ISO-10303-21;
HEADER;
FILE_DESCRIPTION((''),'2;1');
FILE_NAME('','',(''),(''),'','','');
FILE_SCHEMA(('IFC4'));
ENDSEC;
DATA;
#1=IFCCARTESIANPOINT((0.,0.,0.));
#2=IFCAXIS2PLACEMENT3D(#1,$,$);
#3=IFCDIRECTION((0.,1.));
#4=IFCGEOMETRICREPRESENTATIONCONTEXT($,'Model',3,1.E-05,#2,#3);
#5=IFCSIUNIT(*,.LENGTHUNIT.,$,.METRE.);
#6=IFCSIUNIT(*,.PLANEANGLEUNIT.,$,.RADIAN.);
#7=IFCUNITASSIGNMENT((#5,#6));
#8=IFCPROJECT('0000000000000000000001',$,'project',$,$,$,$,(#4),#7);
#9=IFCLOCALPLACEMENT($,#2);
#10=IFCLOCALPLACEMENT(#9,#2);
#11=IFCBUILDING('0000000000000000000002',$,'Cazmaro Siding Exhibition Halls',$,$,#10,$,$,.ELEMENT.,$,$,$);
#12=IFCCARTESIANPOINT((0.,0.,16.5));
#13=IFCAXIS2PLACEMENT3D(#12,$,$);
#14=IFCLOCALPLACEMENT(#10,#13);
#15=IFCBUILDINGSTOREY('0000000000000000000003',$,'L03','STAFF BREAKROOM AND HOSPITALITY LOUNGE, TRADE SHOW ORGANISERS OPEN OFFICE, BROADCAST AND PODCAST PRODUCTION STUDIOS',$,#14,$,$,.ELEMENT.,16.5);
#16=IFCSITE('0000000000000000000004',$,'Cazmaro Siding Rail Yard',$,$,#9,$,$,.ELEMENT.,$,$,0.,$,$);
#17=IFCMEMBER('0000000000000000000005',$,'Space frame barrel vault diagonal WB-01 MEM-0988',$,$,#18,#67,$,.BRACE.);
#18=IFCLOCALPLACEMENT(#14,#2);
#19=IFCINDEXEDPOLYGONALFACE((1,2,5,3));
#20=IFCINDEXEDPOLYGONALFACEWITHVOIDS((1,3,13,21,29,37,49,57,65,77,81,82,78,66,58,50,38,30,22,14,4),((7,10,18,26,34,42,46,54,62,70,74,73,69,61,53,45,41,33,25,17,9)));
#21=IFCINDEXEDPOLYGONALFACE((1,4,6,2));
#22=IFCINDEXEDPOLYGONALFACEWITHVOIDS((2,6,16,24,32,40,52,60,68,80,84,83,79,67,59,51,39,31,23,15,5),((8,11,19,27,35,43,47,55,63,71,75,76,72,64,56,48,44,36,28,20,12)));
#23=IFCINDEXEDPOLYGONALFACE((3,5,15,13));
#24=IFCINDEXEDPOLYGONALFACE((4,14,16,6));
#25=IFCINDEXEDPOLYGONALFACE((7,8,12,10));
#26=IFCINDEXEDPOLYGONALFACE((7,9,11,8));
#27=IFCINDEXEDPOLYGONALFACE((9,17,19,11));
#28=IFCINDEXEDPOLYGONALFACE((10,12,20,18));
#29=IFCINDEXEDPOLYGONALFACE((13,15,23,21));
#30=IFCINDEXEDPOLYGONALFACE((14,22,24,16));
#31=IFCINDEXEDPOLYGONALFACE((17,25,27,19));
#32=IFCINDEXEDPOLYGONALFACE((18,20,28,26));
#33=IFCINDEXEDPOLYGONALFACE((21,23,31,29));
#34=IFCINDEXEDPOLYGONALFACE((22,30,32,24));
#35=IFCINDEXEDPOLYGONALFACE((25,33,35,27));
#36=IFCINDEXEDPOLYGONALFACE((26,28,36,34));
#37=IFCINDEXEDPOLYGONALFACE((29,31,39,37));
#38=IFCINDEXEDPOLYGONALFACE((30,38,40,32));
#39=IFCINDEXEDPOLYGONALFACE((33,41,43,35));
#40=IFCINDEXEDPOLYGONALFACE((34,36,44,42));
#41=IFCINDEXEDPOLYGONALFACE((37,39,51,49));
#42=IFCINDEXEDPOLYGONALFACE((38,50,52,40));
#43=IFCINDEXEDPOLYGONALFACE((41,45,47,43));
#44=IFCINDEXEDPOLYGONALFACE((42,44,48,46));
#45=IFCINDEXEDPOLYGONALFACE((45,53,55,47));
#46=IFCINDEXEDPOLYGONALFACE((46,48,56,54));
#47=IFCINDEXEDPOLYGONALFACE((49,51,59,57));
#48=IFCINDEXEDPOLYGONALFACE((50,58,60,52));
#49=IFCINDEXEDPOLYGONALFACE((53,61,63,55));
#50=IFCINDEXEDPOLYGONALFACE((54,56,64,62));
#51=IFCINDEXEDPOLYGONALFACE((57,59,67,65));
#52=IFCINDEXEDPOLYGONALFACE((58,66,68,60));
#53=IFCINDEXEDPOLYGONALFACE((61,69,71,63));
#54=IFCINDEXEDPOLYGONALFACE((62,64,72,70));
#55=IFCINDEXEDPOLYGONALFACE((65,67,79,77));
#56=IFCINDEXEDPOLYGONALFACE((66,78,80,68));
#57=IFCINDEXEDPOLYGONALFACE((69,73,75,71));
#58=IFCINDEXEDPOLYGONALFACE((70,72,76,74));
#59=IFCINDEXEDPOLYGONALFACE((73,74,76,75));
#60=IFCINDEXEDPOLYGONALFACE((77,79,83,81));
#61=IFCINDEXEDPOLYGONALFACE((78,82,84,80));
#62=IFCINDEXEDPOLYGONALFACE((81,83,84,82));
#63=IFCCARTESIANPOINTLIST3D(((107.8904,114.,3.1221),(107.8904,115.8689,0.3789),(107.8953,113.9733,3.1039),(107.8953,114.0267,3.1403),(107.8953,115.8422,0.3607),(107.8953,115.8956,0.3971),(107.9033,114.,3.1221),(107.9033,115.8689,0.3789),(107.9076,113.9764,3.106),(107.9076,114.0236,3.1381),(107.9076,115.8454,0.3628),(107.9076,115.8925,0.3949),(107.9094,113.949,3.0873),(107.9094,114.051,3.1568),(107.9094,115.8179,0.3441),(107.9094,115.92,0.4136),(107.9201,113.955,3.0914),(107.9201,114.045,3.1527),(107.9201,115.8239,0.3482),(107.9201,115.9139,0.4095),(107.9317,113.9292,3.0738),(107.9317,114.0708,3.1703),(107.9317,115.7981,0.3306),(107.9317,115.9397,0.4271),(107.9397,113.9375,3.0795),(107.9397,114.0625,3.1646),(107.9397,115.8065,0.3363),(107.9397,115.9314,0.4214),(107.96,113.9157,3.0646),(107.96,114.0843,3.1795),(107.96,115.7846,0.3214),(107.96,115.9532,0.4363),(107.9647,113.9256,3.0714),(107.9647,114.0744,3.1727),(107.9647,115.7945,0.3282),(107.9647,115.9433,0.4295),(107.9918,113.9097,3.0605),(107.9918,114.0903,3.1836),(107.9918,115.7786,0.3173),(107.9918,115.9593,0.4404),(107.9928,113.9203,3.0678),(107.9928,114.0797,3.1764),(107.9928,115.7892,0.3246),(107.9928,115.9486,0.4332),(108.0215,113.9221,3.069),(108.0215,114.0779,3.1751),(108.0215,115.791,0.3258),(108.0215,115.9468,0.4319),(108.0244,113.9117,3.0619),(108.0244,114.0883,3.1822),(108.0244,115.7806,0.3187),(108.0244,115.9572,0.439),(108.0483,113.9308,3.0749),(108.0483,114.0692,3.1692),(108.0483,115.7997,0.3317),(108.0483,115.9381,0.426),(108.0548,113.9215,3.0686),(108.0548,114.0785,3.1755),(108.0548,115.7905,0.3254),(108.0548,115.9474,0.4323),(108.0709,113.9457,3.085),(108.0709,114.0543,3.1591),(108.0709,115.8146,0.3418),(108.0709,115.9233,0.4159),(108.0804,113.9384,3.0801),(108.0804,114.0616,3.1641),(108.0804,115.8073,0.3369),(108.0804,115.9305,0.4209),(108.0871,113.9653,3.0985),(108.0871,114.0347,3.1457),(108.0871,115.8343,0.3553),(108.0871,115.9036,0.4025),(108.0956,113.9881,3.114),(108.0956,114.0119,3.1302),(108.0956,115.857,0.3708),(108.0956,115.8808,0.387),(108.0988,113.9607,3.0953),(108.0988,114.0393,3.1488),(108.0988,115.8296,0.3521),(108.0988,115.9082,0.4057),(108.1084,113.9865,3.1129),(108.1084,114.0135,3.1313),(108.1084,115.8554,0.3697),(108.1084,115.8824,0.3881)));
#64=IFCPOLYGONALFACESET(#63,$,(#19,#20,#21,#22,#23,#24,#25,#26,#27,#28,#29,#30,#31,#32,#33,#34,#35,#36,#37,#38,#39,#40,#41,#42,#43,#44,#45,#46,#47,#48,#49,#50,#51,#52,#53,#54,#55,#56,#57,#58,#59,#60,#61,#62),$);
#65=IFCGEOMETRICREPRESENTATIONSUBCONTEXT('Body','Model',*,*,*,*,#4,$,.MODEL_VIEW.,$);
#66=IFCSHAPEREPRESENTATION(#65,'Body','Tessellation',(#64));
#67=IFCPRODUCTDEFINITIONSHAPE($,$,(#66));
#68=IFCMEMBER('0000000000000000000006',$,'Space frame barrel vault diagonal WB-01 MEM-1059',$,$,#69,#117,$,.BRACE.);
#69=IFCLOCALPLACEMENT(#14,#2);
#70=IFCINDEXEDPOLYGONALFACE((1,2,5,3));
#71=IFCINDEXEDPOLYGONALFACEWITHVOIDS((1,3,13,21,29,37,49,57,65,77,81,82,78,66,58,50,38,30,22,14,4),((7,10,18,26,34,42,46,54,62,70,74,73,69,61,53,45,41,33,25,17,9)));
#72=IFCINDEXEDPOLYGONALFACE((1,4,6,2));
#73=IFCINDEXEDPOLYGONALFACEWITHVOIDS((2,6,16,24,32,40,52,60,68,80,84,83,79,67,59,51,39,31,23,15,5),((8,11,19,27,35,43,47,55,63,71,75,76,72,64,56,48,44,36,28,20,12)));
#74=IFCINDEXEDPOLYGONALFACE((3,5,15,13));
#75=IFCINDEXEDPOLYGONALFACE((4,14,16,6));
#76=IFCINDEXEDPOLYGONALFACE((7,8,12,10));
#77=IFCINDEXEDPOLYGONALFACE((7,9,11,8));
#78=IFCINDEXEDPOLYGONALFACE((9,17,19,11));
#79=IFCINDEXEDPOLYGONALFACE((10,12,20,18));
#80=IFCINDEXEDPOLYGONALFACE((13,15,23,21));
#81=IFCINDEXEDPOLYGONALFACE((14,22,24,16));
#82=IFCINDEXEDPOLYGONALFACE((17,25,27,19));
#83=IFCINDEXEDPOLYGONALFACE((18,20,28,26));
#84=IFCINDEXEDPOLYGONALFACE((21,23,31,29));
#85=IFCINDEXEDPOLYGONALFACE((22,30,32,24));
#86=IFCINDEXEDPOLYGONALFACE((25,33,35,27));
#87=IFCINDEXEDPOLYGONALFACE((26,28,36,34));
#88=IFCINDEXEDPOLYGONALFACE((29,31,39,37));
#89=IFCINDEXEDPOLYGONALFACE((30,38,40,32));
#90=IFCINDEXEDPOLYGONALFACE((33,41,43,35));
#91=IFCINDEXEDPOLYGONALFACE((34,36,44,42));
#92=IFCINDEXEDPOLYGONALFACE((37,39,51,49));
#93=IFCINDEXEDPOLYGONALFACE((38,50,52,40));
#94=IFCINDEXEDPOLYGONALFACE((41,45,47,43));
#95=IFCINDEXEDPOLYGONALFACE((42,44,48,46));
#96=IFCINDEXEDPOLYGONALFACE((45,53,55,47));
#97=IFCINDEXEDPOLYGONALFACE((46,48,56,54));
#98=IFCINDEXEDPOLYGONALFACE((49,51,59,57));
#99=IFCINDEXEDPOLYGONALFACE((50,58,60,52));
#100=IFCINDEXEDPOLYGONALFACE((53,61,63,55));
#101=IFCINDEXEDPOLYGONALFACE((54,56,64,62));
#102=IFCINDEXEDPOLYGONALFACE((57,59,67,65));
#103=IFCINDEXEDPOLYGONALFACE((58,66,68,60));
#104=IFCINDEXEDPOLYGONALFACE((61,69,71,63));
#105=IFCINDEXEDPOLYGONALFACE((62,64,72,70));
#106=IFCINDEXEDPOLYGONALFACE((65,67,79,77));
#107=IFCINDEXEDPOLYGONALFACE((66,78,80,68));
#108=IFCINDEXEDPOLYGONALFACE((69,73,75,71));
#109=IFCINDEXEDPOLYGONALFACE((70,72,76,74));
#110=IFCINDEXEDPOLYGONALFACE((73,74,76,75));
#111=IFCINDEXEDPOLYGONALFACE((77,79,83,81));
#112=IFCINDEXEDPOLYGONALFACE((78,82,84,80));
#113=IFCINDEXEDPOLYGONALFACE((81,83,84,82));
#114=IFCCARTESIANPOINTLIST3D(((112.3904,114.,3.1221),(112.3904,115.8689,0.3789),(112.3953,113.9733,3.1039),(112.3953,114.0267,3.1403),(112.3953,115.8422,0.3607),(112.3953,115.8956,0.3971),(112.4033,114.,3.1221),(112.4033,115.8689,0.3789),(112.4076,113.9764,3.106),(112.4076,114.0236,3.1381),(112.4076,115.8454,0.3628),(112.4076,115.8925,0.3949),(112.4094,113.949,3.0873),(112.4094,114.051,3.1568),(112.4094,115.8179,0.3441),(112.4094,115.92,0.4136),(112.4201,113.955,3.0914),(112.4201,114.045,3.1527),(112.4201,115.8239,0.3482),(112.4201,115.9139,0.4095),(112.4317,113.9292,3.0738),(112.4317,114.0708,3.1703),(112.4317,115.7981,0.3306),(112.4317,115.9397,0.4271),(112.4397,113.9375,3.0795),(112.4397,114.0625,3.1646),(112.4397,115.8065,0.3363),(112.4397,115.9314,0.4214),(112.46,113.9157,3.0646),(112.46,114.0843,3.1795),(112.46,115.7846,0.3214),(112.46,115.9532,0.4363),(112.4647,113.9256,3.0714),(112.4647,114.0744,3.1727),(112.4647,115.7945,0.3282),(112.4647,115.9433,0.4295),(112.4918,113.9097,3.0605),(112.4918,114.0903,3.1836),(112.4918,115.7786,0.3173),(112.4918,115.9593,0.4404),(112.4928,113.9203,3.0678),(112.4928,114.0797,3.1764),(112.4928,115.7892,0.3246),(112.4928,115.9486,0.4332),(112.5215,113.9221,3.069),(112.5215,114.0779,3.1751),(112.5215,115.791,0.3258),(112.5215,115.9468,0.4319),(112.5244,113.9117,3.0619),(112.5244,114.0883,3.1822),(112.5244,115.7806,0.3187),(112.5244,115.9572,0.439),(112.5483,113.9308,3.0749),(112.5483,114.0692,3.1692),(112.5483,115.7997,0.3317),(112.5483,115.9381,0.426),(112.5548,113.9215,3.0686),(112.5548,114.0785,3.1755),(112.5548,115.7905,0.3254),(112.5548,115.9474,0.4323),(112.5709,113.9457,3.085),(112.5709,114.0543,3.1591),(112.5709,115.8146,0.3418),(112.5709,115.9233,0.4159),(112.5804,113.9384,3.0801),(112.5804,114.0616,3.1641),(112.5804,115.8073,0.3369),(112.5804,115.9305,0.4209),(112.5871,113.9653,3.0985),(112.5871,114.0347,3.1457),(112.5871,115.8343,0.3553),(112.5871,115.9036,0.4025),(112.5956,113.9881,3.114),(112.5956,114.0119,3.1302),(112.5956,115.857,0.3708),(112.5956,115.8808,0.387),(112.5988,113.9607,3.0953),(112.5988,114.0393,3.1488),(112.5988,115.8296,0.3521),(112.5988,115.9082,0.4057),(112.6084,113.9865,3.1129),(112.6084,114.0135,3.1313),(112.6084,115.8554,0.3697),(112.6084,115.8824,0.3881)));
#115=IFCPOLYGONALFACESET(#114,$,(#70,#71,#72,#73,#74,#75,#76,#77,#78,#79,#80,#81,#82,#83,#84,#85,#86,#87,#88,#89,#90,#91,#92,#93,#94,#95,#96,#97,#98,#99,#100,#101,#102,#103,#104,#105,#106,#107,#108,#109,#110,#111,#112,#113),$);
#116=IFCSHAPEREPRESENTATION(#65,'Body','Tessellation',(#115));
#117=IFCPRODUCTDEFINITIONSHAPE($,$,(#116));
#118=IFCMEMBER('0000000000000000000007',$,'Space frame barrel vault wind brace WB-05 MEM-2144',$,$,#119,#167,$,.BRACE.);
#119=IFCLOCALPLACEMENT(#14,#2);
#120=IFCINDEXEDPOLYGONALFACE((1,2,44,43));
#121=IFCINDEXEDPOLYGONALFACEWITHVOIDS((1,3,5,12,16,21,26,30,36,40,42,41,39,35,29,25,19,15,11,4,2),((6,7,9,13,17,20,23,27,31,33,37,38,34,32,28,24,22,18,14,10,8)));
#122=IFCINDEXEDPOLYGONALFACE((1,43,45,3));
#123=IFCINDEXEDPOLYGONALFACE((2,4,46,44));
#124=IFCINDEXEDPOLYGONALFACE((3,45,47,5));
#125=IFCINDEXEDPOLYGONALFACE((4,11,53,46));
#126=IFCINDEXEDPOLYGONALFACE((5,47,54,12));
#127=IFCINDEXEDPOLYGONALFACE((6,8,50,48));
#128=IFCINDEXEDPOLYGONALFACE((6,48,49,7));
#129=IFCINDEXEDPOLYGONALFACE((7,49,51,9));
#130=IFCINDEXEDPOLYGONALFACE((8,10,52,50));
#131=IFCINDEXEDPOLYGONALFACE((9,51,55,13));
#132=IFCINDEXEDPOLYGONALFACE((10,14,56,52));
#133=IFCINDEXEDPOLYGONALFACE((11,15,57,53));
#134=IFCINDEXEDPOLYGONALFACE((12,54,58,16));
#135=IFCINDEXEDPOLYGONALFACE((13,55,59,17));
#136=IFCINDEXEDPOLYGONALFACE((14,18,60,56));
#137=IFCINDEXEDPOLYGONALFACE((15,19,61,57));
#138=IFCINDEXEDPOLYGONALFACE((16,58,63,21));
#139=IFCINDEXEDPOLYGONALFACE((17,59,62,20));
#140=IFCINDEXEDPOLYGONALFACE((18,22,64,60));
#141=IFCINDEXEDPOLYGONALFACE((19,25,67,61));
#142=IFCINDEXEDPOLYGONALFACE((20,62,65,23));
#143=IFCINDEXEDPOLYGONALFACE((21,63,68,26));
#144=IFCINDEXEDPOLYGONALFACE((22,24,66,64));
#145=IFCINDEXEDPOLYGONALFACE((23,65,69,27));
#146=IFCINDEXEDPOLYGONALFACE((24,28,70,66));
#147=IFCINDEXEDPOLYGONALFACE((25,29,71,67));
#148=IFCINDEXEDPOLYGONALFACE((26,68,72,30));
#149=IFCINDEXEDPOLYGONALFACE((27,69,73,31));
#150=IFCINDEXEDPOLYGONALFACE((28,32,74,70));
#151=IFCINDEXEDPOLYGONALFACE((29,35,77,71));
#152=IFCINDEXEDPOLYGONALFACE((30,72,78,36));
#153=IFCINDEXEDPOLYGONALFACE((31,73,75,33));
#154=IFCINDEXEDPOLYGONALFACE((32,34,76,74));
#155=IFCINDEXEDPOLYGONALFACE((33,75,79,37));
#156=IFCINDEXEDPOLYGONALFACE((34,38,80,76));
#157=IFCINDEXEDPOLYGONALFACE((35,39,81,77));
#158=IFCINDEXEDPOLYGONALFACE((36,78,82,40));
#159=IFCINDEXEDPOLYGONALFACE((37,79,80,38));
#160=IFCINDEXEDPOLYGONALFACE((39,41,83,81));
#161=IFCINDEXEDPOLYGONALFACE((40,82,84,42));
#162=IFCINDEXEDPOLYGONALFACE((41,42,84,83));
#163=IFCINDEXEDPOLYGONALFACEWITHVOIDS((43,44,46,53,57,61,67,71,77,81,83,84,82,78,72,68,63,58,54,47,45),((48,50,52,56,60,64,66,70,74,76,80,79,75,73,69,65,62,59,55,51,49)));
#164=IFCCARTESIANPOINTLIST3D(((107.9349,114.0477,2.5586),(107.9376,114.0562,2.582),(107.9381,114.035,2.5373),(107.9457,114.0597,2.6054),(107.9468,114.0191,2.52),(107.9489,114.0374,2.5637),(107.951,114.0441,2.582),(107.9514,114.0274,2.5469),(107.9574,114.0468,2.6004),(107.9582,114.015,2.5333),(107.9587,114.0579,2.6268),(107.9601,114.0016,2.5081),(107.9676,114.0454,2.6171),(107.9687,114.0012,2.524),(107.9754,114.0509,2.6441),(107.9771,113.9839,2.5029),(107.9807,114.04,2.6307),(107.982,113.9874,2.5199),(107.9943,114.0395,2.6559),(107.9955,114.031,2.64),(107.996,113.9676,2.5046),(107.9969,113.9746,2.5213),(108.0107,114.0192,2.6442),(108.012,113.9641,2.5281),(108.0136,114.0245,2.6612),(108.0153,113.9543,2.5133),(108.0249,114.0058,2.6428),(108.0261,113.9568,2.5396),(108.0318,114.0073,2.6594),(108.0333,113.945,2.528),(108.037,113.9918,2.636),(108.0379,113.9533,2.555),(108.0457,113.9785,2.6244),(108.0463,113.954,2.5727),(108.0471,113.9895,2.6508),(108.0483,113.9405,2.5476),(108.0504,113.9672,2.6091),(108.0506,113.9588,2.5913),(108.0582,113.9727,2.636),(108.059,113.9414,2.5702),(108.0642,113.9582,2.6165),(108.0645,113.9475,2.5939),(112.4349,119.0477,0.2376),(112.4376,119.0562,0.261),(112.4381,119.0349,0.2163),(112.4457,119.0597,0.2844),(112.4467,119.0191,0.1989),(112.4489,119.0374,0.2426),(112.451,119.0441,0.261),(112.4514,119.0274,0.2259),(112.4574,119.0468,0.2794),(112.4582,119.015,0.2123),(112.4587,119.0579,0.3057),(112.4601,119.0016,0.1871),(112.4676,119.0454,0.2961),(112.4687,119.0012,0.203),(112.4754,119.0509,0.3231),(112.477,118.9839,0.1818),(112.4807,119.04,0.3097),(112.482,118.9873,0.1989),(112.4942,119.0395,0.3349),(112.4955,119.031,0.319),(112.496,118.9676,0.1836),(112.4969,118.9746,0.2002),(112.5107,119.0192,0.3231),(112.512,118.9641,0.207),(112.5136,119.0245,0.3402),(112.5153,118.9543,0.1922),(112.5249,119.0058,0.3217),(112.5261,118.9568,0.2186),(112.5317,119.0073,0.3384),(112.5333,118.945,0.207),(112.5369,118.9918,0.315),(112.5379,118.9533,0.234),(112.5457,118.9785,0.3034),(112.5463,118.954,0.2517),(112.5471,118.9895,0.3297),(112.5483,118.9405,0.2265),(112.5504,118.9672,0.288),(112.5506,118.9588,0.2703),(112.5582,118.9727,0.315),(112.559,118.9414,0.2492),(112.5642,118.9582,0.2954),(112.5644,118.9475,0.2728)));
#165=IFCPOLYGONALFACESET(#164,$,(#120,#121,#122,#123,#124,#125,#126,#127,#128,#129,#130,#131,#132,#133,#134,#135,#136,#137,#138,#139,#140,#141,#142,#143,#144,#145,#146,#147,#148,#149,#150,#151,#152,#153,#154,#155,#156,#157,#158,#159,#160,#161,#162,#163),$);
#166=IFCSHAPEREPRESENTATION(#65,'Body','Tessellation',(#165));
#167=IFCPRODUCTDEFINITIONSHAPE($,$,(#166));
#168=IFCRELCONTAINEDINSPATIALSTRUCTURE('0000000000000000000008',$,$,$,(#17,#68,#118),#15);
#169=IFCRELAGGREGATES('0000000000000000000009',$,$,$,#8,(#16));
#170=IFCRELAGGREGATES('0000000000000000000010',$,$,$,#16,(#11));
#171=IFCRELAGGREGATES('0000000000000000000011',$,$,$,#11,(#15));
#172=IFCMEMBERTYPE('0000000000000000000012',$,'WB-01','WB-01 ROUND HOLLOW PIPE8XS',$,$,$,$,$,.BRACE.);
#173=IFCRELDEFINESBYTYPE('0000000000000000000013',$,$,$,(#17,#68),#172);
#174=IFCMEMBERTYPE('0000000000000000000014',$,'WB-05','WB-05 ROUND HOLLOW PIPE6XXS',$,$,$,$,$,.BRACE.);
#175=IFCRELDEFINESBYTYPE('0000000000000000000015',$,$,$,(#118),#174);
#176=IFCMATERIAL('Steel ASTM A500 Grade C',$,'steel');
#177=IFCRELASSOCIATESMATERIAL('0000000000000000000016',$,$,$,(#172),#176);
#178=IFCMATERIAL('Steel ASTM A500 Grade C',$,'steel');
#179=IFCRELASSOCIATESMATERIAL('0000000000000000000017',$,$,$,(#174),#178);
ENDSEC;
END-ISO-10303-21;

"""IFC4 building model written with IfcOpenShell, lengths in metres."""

from ifc_helpers import new_model, si_unit, direction, frame, origin, origin_2d, place, context, subcontext, project, spatial, hollow_circle, extrude, material, material_profile, profile_set, type_object, element, save


model = new_model("IFC4")

# Units and contexts
model_context = context("Model", 3, precision=1e-05, world=origin(), true_north=direction((0.0, 1.0)))
body_context = subcontext(model_context, "Body", "Model", "MODEL_VIEW")
ifc_project = project(units=[si_unit("LENGTHUNIT", "METRE"), si_unit("PLANEANGLEUNIT", "RADIAN")], contexts=[model_context])

# Site, building, storey
site_placement = place(None, origin())
site = spatial("IfcSite", under=ifc_project, at=site_placement, Name="Cazmaro Siding Rail Yard", CompositionType="ELEMENT", RefElevation=0.0)
building_placement = place(site_placement, origin())
building = spatial("IfcBuilding", under=site, at=building_placement, Name="Cazmaro Siding Exhibition Halls", CompositionType="ELEMENT")
storey_placement = place(building_placement, frame((0.0, 0.0, 16.5)))
storey = spatial("IfcBuildingStorey", under=building, at=storey_placement, Name="L03", Description="STAFF BREAKROOM AND HOSPITALITY LOUNGE, TRADE SHOW ORGANISERS OPEN OFFICE, BROADCAST AND PODCAST PRODUCTION STUDIOS", CompositionType="ELEMENT", Elevation=16.5)

# Members
ifc_material_1 = material(Name="Steel ASTM A500 Grade C", Category="steel")
ifc_material_profile_1 = material_profile(ifc_material_1, hollow_circle(Radius=0.1096, WallThickness=0.0129, at=origin_2d()), Name="PIPE8XS")
ifc_profile_set_1 = profile_set([ifc_material_profile_1], Name="Steel ASTM A500 Grade C")
member_type_1 = type_object("IfcMemberType", Name="WB-01", Description="WB-01 ROUND HOLLOW PIPE8XS", PredefinedType="BRACE", material=ifc_profile_set_1)
for number, where, z_axis, x_axis, name in (
    (1, (108.0, 114.0, 3.1221), (0.0, 0.56304, -0.82643), (-1.0, 0.0, 0.0), "Space frame barrel vault diagonal WB-01 MEM-0988"),
    (2, (112.5, 114.0, 3.1221), (0.0, 0.56304, -0.82643), (-1.0, 0.0, 0.0), "Space frame barrel vault diagonal WB-01 MEM-1059"),
):
    element("IfcMember", number, at=place(storey_placement, frame(where, z_axis=z_axis, x_axis=x_axis)), inside=storey, type_object=member_type_1, Name=name, PredefinedType="BRACE", context=body_context, shape_type="SweptSolid", body=[
        extrude(hollow_circle(Radius=0.1096, WallThickness=0.0129, at=origin_2d()), origin(), (0.0, 0.0, 1.0), 3.3193),
    ])
ifc_material_2 = material(Name="Steel ASTM A500 Grade C", Category="steel")
ifc_material_profile_2 = material_profile(ifc_material_2, hollow_circle(Radius=0.084, WallThickness=0.0181, at=origin_2d()), Name="PIPE6XXS")
ifc_profile_set_2 = profile_set([ifc_material_profile_2], Name="Steel ASTM A500 Grade C")
member_type_2 = type_object("IfcMemberType", Name="WB-05", Description="WB-05 ROUND HOLLOW PIPE6XXS", PredefinedType="BRACE", material=ifc_profile_set_2)
member_1_placement = place(storey_placement, frame((108.0, 114.0, 2.582), z_axis=(0.632379, 0.702643, -0.326173), x_axis=(-0.743294, 0.668965, 0.0)))
element("IfcMember", 3, at=member_1_placement, inside=storey, type_object=member_type_2, Name="Space frame barrel vault wind brace WB-05 MEM-2144", PredefinedType="BRACE", context=body_context, shape_type="SweptSolid", body=[
    extrude(hollow_circle(Radius=0.084, WallThickness=0.0181, at=origin_2d()), origin(), (0.0, 0.0, 1.0), 7.116),
])

save(model, "model.ifc")
